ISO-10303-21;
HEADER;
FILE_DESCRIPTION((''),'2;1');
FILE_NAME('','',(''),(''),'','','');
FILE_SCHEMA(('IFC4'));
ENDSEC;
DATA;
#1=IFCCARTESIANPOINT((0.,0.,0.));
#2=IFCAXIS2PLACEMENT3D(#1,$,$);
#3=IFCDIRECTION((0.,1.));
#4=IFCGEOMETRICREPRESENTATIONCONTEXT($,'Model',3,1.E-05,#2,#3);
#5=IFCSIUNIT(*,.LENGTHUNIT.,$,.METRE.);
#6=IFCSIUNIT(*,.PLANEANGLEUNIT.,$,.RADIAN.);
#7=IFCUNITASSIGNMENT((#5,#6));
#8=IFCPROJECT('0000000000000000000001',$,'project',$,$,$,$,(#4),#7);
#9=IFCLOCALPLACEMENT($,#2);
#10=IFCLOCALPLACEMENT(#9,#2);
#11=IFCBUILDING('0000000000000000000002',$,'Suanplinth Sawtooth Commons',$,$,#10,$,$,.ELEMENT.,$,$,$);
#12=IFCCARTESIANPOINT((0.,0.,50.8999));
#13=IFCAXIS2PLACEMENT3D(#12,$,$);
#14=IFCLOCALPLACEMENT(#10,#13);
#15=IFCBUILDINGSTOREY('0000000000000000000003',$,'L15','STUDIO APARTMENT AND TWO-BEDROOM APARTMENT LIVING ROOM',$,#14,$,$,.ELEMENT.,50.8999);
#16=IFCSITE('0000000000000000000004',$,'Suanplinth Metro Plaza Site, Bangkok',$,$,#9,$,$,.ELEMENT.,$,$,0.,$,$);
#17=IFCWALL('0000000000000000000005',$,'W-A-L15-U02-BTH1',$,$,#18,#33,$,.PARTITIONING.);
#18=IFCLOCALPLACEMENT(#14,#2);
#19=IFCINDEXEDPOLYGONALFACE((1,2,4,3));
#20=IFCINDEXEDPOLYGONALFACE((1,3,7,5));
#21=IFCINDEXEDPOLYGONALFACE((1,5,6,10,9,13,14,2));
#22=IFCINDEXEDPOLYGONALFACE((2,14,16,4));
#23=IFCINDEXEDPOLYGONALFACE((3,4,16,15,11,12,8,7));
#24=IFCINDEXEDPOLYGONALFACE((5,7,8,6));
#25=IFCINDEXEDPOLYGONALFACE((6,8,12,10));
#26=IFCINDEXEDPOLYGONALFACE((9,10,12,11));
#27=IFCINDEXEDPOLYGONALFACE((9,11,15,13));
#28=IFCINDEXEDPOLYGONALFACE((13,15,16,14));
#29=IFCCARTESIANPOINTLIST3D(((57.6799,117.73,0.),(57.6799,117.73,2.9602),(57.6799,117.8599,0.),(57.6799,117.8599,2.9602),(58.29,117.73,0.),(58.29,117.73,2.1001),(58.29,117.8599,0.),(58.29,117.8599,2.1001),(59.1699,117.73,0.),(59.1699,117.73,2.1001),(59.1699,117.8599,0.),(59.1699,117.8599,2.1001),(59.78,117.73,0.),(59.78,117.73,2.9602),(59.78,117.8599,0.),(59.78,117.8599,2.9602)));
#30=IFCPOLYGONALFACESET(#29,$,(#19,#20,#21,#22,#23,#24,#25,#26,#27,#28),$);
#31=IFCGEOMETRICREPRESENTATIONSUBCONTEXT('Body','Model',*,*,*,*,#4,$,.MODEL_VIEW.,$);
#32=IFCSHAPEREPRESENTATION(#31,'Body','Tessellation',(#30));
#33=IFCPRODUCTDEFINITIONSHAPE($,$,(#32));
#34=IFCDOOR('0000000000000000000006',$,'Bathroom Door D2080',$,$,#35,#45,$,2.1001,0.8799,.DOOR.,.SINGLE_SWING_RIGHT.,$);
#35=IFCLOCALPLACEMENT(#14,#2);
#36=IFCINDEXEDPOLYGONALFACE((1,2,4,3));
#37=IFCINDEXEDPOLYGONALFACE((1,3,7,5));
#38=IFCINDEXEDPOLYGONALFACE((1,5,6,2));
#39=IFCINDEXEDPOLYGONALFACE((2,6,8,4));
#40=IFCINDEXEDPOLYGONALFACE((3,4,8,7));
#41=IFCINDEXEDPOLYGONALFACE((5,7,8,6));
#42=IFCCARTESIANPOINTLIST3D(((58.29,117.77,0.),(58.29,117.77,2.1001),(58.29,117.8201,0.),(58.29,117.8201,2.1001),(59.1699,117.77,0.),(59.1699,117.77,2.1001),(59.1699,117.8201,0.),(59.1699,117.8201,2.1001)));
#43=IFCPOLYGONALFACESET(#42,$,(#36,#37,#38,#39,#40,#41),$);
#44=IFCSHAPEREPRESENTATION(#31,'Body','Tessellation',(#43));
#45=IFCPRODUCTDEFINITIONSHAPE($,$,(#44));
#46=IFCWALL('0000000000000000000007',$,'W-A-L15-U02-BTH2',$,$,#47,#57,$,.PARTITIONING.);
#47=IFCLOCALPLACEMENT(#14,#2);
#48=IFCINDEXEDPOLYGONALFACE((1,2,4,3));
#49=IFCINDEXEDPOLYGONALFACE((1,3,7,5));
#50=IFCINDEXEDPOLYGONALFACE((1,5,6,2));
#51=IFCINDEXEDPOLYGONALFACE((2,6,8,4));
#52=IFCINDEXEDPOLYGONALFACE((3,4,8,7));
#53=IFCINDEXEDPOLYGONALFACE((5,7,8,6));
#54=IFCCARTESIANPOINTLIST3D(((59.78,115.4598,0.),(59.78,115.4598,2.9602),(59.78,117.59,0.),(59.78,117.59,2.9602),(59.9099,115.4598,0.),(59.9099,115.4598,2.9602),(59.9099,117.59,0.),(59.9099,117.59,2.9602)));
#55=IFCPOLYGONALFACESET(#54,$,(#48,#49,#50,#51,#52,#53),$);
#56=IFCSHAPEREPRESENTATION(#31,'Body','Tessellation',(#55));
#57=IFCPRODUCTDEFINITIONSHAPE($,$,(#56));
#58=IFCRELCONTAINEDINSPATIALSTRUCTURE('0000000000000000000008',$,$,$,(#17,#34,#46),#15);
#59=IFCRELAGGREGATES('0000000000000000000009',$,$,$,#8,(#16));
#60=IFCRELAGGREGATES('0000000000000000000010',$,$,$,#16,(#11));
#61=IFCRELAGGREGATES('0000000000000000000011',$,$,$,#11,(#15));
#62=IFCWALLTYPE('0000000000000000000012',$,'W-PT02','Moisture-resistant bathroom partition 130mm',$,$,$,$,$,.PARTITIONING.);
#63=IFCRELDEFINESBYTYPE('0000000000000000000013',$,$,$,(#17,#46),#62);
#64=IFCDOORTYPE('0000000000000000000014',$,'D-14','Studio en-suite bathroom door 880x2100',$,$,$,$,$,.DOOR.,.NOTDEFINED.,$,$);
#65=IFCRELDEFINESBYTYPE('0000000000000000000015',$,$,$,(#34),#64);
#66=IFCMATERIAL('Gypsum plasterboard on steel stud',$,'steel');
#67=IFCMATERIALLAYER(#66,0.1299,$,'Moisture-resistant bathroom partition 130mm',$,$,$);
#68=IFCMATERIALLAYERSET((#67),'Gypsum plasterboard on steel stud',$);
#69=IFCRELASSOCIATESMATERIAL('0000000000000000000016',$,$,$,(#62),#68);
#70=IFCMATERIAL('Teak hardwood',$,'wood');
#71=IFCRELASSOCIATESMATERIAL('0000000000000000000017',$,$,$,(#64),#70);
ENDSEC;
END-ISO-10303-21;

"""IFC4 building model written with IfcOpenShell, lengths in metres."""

from ifc_helpers import new_model, si_unit, direction, frame, frame_2d, origin, place, context, subcontext, project, spatial, rectangle, extrude, material, layer, layer_set, type_object, element, fill, save


model = new_model("IFC4")

# Units and contexts
model_context = context("Model", 3, precision=1e-05, world=origin(), true_north=direction((0.0, 1.0)))
body_context = subcontext(model_context, "Body", "Model", "MODEL_VIEW")
ifc_project = project(units=[si_unit("LENGTHUNIT", "METRE"), si_unit("PLANEANGLEUNIT", "RADIAN")], contexts=[model_context])

# Site, building, storey
site_placement = place(None, origin())
site = spatial("IfcSite", under=ifc_project, at=site_placement, Name="Suanplinth Metro Plaza Site, Bangkok", CompositionType="ELEMENT", RefElevation=0.0)
building_placement = place(site_placement, origin())
building = spatial("IfcBuilding", under=site, at=building_placement, Name="Suanplinth Sawtooth Commons", CompositionType="ELEMENT")
storey_placement = place(building_placement, frame((0.0, 0.0, 50.8999)))
storey = spatial("IfcBuildingStorey", under=building, at=storey_placement, Name="L15", Description="STUDIO APARTMENT AND TWO-BEDROOM APARTMENT LIVING ROOM", CompositionType="ELEMENT", Elevation=50.8999)

# Shared definitions
ifc_material_1 = material(Name="Gypsum plasterboard on steel stud", Category="steel")
ifc_material_2 = material(Name="Teak hardwood", Category="wood")

# Wall, opening, door
ifc_layer_1 = layer(ifc_material_1, 0.1299, Name="Moisture-resistant bathroom partition 130mm")
ifc_layer_set_1 = layer_set([ifc_layer_1], Name="Gypsum plasterboard on steel stud")
wall_type_1 = type_object("IfcWallType", Name="W-PT02", Description="Moisture-resistant bathroom partition 130mm", PredefinedType="PARTITIONING", material=ifc_layer_set_1)
wall_1_placement = place(storey_placement, frame((57.6799, 117.7949, 0.0), z_axis=(0.0, 0.0, 1.0), x_axis=(1.0, 0.0, 0.0)))
wall_1 = element("IfcWall", 1, at=wall_1_placement, inside=storey, type_object=wall_type_1, Name="W-A-L15-U02-BTH1", PredefinedType="PARTITIONING", context=body_context, shape_type="SweptSolid", body=[
    extrude(rectangle(XDim=2.1001, YDim=0.1299, at=frame_2d((1.05, 0.0))), origin(), (0.0, 0.0, 1.0), 2.9602),
])
opening_1_placement = place(wall_1_placement, frame((0.6101, 0.0, 0.0)))
opening_1 = element("IfcOpeningElement", 2, at=opening_1_placement, cuts=wall_1, PredefinedType="OPENING", context=body_context, shape_type="SweptSolid", body=[
    extrude(rectangle(XDim=0.8799, YDim=2.1001, at=frame_2d((0.4399, 1.05))), frame((0.0, 0.0798, 0.0), z_axis=(0.0, -1.0, 0.0), x_axis=(1.0, 0.0, 0.0)), (0.0, 0.0, 1.0), 0.1597),
])
door_type_1 = type_object("IfcDoorType", Name="D-14", Description="Studio en-suite bathroom door 880x2100", OperationType="NOTDEFINED", PredefinedType="DOOR", material=ifc_material_2)
door_1_placement = place(opening_1_placement, frame((0.8799, 0.0, 0.0), z_axis=(0.0, 0.0, 1.0), x_axis=(-1.0, 0.0, 0.0)))
door_1 = element("IfcDoor", 3, at=door_1_placement, inside=storey, type_object=door_type_1, Name="Bathroom Door D2080", OperationType="SINGLE_SWING_RIGHT", OverallHeight=2.1001, OverallWidth=0.8799, PredefinedType="DOOR", context=body_context, shape_type="SweptSolid", body=[
    extrude(rectangle(XDim=0.8799, YDim=2.1001, at=frame_2d((0.4399, 1.05))), frame((0.0, 0.0249, 0.0), z_axis=(0.0, -1.0, 0.0), x_axis=(1.0, 0.0, 0.0)), (0.0, 0.0, 1.0), 0.05),
])
fill(opening_1, door_1)

# Wall
wall_2_placement = place(storey_placement, frame((59.845, 115.46, 0.0), z_axis=(0.0, 0.0, 1.0), x_axis=(0.0, 1.0, 0.0)))
element("IfcWall", 4, at=wall_2_placement, inside=storey, type_object=wall_type_1, Name="W-A-L15-U02-BTH2", PredefinedType="PARTITIONING", context=body_context, shape_type="SweptSolid", body=[
    extrude(rectangle(XDim=2.1301, YDim=0.1299, at=frame_2d((1.0649, 0.0))), origin(), (0.0, 0.0, 1.0), 2.9602),
])

save(model, "model.ifc")
